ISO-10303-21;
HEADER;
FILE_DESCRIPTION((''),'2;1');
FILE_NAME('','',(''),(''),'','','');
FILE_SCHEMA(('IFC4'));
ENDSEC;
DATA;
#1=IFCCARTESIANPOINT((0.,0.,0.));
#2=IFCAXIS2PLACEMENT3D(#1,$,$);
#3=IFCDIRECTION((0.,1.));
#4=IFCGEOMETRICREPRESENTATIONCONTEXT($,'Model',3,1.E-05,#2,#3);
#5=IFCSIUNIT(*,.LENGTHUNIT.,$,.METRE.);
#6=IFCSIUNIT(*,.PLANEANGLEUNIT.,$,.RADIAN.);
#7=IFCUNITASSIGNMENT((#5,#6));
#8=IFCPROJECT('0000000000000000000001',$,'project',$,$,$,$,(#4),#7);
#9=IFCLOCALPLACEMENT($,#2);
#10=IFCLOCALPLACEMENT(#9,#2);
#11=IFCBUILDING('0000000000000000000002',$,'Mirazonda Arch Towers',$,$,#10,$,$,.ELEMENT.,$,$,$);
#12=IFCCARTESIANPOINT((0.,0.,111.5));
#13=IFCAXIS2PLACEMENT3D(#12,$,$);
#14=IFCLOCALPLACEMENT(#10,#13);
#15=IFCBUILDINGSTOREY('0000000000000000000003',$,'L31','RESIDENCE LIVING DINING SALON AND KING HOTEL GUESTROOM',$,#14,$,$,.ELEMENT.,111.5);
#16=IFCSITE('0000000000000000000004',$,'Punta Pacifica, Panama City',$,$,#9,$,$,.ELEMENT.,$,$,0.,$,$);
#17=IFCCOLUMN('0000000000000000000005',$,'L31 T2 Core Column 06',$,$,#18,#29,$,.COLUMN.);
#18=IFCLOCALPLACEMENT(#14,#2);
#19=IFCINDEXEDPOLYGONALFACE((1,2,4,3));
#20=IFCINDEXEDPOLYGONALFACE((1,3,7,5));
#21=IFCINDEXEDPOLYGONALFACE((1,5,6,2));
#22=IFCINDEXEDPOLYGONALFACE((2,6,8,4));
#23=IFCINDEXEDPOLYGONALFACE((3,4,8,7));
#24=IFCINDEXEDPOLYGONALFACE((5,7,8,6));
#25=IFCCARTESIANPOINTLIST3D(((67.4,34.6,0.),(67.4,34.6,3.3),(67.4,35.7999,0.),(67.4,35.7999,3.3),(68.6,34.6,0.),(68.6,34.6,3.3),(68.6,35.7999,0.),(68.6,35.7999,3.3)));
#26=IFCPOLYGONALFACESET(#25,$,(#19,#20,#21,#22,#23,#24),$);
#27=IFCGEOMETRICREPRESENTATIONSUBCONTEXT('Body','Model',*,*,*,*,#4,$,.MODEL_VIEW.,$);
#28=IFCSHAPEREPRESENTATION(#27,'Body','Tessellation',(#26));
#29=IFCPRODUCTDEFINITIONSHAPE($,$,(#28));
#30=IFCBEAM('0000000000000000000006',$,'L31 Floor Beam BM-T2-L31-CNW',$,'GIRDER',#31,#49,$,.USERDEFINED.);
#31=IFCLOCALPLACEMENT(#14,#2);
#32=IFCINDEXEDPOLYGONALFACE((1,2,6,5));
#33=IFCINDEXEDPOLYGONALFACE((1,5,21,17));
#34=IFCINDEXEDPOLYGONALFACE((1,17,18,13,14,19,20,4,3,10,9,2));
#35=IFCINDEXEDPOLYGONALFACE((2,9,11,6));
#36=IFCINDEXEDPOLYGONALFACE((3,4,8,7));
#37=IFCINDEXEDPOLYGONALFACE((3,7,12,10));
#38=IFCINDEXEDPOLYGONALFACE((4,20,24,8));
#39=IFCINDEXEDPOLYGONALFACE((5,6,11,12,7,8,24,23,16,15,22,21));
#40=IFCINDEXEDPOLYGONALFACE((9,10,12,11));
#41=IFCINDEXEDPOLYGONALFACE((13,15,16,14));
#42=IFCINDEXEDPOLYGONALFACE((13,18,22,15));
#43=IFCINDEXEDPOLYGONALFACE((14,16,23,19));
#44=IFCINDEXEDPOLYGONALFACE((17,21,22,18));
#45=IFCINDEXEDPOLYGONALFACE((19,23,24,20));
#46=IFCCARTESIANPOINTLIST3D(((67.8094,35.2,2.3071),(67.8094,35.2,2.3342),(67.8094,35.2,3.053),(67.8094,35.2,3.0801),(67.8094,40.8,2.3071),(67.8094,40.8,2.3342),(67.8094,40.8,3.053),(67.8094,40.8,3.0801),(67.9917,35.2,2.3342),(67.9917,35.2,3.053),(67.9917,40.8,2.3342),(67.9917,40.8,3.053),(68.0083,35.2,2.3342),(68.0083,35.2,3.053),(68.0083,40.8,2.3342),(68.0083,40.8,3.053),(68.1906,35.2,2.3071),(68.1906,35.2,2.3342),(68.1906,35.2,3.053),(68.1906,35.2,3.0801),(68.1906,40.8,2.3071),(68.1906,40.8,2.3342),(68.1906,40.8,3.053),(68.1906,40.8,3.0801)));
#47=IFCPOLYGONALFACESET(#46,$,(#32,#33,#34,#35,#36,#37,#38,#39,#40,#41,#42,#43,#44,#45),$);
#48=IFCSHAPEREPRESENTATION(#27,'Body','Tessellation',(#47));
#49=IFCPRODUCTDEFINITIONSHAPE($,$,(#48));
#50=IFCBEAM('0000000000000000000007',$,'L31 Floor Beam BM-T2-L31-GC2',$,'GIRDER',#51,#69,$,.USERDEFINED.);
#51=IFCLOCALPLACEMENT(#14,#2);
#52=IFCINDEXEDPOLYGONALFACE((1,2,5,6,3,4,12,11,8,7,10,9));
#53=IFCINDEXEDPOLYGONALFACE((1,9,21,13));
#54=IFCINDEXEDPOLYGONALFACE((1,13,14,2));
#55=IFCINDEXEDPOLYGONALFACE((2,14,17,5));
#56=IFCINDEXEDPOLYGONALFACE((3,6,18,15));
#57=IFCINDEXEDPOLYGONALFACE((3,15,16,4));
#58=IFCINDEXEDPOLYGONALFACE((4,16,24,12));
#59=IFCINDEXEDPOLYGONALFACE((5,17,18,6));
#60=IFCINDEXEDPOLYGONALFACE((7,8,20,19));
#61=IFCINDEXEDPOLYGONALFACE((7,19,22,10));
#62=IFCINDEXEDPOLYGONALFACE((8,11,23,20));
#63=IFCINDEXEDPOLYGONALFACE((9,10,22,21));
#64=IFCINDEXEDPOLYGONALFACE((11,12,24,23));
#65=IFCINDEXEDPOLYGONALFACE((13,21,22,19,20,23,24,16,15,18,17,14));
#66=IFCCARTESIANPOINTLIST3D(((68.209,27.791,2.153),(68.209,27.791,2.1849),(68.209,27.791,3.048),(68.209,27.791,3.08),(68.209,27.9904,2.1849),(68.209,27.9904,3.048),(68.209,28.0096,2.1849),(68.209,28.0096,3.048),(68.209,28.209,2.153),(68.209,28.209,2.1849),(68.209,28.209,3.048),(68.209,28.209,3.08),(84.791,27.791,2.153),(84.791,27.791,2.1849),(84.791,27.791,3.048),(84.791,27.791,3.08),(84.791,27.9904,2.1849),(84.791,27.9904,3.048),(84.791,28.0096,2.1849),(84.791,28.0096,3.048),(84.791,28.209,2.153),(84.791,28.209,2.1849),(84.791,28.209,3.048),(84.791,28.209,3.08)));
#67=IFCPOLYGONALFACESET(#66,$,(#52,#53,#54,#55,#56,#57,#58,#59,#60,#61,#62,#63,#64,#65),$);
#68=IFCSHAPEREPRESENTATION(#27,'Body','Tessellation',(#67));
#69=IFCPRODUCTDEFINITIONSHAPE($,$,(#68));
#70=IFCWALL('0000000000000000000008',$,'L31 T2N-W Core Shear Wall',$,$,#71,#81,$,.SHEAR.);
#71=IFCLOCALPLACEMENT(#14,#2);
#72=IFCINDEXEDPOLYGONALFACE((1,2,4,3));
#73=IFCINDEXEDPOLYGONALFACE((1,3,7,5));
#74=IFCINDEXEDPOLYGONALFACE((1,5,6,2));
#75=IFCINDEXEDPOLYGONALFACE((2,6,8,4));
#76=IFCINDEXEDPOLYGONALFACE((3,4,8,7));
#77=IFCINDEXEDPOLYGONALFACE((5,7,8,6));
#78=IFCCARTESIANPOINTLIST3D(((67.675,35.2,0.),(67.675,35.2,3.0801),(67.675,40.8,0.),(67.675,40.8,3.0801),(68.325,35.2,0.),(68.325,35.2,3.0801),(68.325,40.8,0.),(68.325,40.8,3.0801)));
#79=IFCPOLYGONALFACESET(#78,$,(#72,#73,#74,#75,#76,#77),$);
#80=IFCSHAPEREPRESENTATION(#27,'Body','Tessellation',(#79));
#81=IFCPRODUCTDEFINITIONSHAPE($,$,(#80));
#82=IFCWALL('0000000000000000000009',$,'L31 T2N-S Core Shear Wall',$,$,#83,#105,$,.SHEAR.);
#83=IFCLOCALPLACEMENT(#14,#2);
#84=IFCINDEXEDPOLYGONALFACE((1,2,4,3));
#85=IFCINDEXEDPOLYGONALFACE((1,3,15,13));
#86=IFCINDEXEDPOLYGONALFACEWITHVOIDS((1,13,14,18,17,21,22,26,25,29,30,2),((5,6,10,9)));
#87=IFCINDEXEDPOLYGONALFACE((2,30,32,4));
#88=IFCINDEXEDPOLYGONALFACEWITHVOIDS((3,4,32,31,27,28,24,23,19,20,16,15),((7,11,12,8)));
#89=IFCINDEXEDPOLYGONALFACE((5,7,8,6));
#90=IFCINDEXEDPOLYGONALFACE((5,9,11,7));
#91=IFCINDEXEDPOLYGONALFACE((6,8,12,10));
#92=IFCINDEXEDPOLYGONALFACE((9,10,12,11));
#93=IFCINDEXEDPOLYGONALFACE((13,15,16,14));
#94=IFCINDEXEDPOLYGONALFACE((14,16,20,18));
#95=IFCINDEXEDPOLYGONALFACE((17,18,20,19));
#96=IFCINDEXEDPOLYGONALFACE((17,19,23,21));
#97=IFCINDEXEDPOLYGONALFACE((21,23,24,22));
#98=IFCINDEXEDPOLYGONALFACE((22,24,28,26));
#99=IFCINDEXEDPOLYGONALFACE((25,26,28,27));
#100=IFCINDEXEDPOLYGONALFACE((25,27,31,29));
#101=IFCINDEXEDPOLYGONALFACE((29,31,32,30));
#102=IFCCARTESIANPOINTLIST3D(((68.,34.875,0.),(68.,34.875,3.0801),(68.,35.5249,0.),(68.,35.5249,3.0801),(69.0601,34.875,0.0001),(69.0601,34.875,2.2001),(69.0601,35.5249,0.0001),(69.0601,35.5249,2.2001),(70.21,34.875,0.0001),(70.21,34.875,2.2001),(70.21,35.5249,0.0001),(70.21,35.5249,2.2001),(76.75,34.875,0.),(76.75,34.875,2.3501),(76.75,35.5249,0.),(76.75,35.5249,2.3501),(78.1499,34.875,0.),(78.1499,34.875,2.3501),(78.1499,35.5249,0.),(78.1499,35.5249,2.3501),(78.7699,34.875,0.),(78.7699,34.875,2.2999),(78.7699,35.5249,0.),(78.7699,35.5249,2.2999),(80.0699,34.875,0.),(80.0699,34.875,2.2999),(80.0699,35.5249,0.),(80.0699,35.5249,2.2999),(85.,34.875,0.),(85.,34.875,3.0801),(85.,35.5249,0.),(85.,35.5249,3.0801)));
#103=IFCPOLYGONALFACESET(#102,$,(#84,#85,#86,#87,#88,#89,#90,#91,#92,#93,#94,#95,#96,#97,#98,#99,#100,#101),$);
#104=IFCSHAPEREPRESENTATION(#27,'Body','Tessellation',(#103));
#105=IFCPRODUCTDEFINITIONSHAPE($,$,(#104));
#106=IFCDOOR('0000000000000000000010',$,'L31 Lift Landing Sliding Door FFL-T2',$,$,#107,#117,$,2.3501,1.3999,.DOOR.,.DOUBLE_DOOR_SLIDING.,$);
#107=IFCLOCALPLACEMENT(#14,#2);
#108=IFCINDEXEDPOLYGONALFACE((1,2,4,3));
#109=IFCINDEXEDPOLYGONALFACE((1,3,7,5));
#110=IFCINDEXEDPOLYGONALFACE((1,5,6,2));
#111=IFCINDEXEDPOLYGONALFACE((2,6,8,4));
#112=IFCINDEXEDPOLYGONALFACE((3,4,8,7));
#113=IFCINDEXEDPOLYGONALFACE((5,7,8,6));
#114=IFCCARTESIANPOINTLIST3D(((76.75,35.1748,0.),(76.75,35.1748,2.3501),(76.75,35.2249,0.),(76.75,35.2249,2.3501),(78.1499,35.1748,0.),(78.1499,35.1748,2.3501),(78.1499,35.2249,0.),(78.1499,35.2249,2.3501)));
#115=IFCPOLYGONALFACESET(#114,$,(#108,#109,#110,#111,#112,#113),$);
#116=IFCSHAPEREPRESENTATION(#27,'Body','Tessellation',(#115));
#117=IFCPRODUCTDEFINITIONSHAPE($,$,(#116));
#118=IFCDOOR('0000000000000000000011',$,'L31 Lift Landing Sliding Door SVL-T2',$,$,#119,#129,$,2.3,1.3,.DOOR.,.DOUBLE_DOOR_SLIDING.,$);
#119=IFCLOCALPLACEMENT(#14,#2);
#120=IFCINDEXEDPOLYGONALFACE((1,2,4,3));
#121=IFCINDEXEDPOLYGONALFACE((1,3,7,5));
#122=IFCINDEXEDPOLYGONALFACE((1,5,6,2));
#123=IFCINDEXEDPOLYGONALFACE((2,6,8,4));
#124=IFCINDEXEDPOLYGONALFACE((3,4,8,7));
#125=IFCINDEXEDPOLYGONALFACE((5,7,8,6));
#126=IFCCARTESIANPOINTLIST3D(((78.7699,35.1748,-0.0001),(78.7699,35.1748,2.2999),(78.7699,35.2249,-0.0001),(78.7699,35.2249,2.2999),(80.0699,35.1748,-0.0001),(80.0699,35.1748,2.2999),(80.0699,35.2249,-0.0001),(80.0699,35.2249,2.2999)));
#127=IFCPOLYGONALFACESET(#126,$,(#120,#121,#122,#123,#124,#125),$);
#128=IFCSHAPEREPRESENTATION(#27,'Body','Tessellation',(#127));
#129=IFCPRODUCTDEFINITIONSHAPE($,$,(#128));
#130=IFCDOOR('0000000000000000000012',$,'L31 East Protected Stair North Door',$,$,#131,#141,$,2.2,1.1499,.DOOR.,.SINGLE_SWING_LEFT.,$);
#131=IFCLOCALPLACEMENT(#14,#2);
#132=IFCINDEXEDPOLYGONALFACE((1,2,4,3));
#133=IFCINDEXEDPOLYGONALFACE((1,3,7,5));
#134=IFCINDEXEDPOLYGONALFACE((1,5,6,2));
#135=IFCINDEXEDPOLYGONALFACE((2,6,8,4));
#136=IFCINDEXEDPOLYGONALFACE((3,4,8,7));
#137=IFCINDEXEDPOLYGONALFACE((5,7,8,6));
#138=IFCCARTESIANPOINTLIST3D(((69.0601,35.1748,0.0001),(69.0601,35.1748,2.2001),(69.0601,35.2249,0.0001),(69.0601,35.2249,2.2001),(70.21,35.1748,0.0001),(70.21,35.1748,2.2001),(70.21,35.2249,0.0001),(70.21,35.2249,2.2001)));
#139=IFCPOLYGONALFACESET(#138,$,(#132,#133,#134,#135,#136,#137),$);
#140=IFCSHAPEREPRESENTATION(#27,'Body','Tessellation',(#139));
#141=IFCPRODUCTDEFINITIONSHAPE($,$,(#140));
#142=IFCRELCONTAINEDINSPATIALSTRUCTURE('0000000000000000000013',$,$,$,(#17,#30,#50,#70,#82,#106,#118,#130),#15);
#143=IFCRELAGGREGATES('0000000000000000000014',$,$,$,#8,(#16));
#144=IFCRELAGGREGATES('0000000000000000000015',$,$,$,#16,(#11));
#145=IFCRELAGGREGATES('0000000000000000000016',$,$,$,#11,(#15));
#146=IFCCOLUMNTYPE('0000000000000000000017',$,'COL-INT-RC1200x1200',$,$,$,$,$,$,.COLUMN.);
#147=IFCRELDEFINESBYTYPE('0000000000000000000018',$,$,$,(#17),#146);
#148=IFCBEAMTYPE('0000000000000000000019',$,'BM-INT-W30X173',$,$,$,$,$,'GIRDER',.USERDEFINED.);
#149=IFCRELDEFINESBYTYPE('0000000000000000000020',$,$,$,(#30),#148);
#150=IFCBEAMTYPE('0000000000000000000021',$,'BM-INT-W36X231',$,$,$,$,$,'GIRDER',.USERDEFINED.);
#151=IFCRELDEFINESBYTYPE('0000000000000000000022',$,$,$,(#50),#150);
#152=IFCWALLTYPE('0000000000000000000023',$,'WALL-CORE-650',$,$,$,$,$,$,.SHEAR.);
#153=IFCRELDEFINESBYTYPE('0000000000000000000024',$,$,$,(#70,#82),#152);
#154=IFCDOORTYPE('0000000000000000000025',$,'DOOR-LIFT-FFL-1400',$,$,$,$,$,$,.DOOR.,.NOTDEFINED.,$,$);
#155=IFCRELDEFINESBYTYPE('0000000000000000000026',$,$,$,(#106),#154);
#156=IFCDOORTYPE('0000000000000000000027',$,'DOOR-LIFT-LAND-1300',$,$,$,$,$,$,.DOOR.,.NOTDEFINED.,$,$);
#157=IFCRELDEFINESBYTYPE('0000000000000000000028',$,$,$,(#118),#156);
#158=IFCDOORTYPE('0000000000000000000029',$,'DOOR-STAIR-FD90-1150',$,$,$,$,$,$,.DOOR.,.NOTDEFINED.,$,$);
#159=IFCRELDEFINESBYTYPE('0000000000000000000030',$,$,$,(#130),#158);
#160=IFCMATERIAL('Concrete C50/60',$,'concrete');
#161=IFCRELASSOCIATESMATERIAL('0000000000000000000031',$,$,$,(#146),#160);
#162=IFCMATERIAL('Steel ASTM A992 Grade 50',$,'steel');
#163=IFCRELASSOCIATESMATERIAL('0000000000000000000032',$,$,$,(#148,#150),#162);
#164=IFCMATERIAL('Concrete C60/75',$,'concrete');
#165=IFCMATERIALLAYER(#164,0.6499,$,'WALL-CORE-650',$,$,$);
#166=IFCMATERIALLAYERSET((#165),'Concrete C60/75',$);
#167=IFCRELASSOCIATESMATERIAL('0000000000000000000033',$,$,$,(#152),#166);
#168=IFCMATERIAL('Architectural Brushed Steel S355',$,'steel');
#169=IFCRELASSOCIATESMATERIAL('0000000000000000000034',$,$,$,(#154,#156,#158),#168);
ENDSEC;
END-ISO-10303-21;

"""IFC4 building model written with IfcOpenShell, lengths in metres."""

from ifc_helpers import new_model, si_unit, direction, frame, frame_2d, origin, origin_2d, place, context, subcontext, project, spatial, rectangle, i_section, extrude, material, layer, layer_set, material_profile, profile_set, type_object, element, fill, save


model = new_model("IFC4")

# Units and contexts
model_context = context("Model", 3, precision=1e-05, world=origin(), true_north=direction((0.0, 1.0)))
body_context = subcontext(model_context, "Body", "Model", "MODEL_VIEW")
ifc_project = project(units=[si_unit("LENGTHUNIT", "METRE"), si_unit("PLANEANGLEUNIT", "RADIAN")], contexts=[model_context])

# Site, building, storey
site_placement = place(None, origin())
site = spatial("IfcSite", under=ifc_project, at=site_placement, Name="Punta Pacifica, Panama City", CompositionType="ELEMENT", RefElevation=0.0)
building_placement = place(site_placement, origin())
building = spatial("IfcBuilding", under=site, at=building_placement, Name="Mirazonda Arch Towers", CompositionType="ELEMENT")
storey_placement = place(building_placement, frame((0.0, 0.0, 111.5)))
storey = spatial("IfcBuildingStorey", under=building, at=storey_placement, Name="L31", Description="RESIDENCE LIVING DINING SALON AND KING HOTEL GUESTROOM", CompositionType="ELEMENT", Elevation=111.5)

# Column
ifc_material_1 = material(Name="Concrete C50/60", Category="concrete")
ifc_material_profile_1 = material_profile(ifc_material_1, rectangle(XDim=1.2, YDim=1.2, at=origin_2d()), Name="RC1200x1200")
ifc_profile_set_1 = profile_set([ifc_material_profile_1], Name="Concrete C50/60")
column_type = type_object("IfcColumnType", Name="COL-INT-RC1200x1200", PredefinedType="COLUMN", material=ifc_profile_set_1)
column_placement = place(storey_placement, frame((68.0, 35.2, 0.0), z_axis=(0.0, 0.0, 1.0), x_axis=(1.0, 0.0, 0.0)))
element("IfcColumn", 1, at=column_placement, inside=storey, type_object=column_type, Name="L31 T2 Core Column 06", PredefinedType="COLUMN", context=body_context, shape_type="SweptSolid", body=[
    extrude(rectangle(XDim=1.2, YDim=1.2, at=origin_2d()), origin(), (0.0, 0.0, 1.0), 3.3),
])

# Beams
ifc_material_2 = material(Name="Steel ASTM A992 Grade 50", Category="steel")
ifc_material_profile_2 = material_profile(ifc_material_2, i_section(OverallWidth=0.3811, OverallDepth=0.7729, WebThickness=0.0166, FlangeThickness=0.0271, at=origin_2d()), Name="W30X173")
ifc_profile_set_2 = profile_set([ifc_material_profile_2], Name="Steel ASTM A992 Grade 50")
beam_type_1 = type_object("IfcBeamType", Name="BM-INT-W30X173", ElementType="GIRDER", PredefinedType="USERDEFINED", material=ifc_profile_set_2)
beam_1_placement = place(storey_placement, frame((68.0, 35.2, 2.6936), z_axis=(0.0, 1.0, 0.0), x_axis=(-1.0, 0.0, 0.0)))
element("IfcBeam", 2, at=beam_1_placement, inside=storey, type_object=beam_type_1, Name="L31 Floor Beam BM-T2-L31-CNW", ObjectType="GIRDER", PredefinedType="USERDEFINED", context=body_context, shape_type="SweptSolid", body=[
    extrude(i_section(OverallWidth=0.3811, OverallDepth=0.7729, WebThickness=0.0166, FlangeThickness=0.0271, at=origin_2d()), origin(), (0.0, 0.0, 1.0), 5.6001),
])
ifc_material_profile_3 = material_profile(ifc_material_2, i_section(OverallWidth=0.418, OverallDepth=0.927, WebThickness=0.0193, FlangeThickness=0.032, at=origin_2d()), Name="W36X231")
ifc_profile_set_3 = profile_set([ifc_material_profile_3], Name="Steel ASTM A992 Grade 50")
beam_type_2 = type_object("IfcBeamType", Name="BM-INT-W36X231", ElementType="GIRDER", PredefinedType="USERDEFINED", material=ifc_profile_set_3)
beam_2_placement = place(storey_placement, frame((68.209, 28.0, 2.6165), z_axis=(1.0, 0.0, 0.0), x_axis=(0.0, 1.0, 0.0)))
element("IfcBeam", 3, at=beam_2_placement, inside=storey, type_object=beam_type_2, Name="L31 Floor Beam BM-T2-L31-GC2", ObjectType="GIRDER", PredefinedType="USERDEFINED", context=body_context, shape_type="SweptSolid", body=[
    extrude(i_section(OverallWidth=0.418, OverallDepth=0.927, WebThickness=0.0193, FlangeThickness=0.032, at=origin_2d()), origin(), (0.0, 0.0, 1.0), 16.582),
])

# Wall
ifc_material_3 = material(Name="Concrete C60/75", Category="concrete")
ifc_layer_1 = layer(ifc_material_3, 0.6499, Name="WALL-CORE-650")
ifc_layer_set_1 = layer_set([ifc_layer_1], Name="Concrete C60/75")
wall_type_1 = type_object("IfcWallType", Name="WALL-CORE-650", PredefinedType="SHEAR", material=ifc_layer_set_1)
wall_1_placement = place(storey_placement, frame((68.0, 35.2, 0.0), z_axis=(0.0, 0.0, 1.0), x_axis=(0.0, 1.0, 0.0)))
element("IfcWall", 4, at=wall_1_placement, inside=storey, type_object=wall_type_1, Name="L31 T2N-W Core Shear Wall", PredefinedType="SHEAR", context=body_context, shape_type="SweptSolid", body=[
    extrude(rectangle(XDim=5.6001, YDim=0.6499, at=frame_2d((2.8, 0.0))), origin(), (0.0, 0.0, 1.0), 3.0801),
])

# Wall, openings, doors
wall_2_placement = place(storey_placement, frame((68.0, 35.2, 0.0), z_axis=(0.0, 0.0, 1.0), x_axis=(1.0, 0.0, 0.0)))
wall_2 = element("IfcWall", 5, at=wall_2_placement, inside=storey, type_object=wall_type_1, Name="L31 T2N-S Core Shear Wall", PredefinedType="SHEAR", context=body_context, shape_type="SweptSolid", body=[
    extrude(rectangle(XDim=17.0, YDim=0.6499, at=frame_2d((8.5, 0.0))), origin(), (0.0, 0.0, 1.0), 3.0801),
])
opening_1_placement = place(wall_2_placement, frame((1.0601, 0.0, 0.0)))
opening_1 = element("IfcOpeningElement", 6, at=opening_1_placement, cuts=wall_2, PredefinedType="OPENING", context=body_context, shape_type="SweptSolid", body=[
    extrude(rectangle(XDim=1.1499, YDim=2.2, at=frame_2d((0.575, 1.1001))), frame((0.0, 0.335, 0.0), z_axis=(0.0, -1.0, 0.0), x_axis=(1.0, 0.0, 0.0)), (0.0, 0.0, 1.0), 0.6699),
])
opening_2_placement = place(wall_2_placement, frame((8.75, 0.0, 0.0)))
opening_2 = element("IfcOpeningElement", 7, at=opening_2_placement, cuts=wall_2, PredefinedType="OPENING", context=body_context, shape_type="SweptSolid", body=[
    extrude(rectangle(XDim=1.3999, YDim=2.3501, at=frame_2d((0.7, 1.175))), frame((0.0, 0.335, 0.0), z_axis=(0.0, -1.0, 0.0), x_axis=(1.0, 0.0, 0.0)), (0.0, 0.0, 1.0), 0.6699),
])
opening_3_placement = place(wall_2_placement, frame((10.77, 0.0, 0.0)))
opening_3 = element("IfcOpeningElement", 8, at=opening_3_placement, cuts=wall_2, PredefinedType="OPENING", context=body_context, shape_type="SweptSolid", body=[
    extrude(rectangle(XDim=1.3, YDim=2.3, at=frame_2d((0.6499, 1.1499))), frame((0.0, 0.335, 0.0), z_axis=(0.0, -1.0, 0.0), x_axis=(1.0, 0.0, 0.0)), (0.0, 0.0, 1.0), 0.6699),
])
ifc_material_4 = material(Name="Architectural Brushed Steel S355", Category="steel")
door_type_1 = type_object("IfcDoorType", Name="DOOR-LIFT-FFL-1400", OperationType="NOTDEFINED", PredefinedType="DOOR", material=ifc_material_4)
door_1_placement = place(opening_2_placement, origin())
door_1 = element("IfcDoor", 9, at=door_1_placement, inside=storey, type_object=door_type_1, Name="L31 Lift Landing Sliding Door FFL-T2", OperationType="DOUBLE_DOOR_SLIDING", OverallHeight=2.3501, OverallWidth=1.3999, PredefinedType="DOOR", context=body_context, shape_type="SweptSolid", body=[
    extrude(rectangle(XDim=1.3999, YDim=2.3501, at=frame_2d((0.7, 1.175))), frame((0.0, 0.0249, 0.0), z_axis=(0.0, -1.0, 0.0), x_axis=(1.0, 0.0, 0.0)), (0.0, 0.0, 1.0), 0.05),
])
fill(opening_2, door_1)
door_type_2 = type_object("IfcDoorType", Name="DOOR-LIFT-LAND-1300", OperationType="NOTDEFINED", PredefinedType="DOOR", material=ifc_material_4)
door_2_placement = place(opening_3_placement, origin())
door_2 = element("IfcDoor", 10, at=door_2_placement, inside=storey, type_object=door_type_2, Name="L31 Lift Landing Sliding Door SVL-T2", OperationType="DOUBLE_DOOR_SLIDING", OverallHeight=2.3, OverallWidth=1.3, PredefinedType="DOOR", context=body_context, shape_type="SweptSolid", body=[
    extrude(rectangle(XDim=1.3, YDim=2.3, at=frame_2d((0.6499, 1.1499))), frame((0.0, 0.0249, 0.0), z_axis=(0.0, -1.0, 0.0), x_axis=(1.0, 0.0, 0.0)), (0.0, 0.0, 1.0), 0.05),
])
fill(opening_3, door_2)
door_type_3 = type_object("IfcDoorType", Name="DOOR-STAIR-FD90-1150", OperationType="NOTDEFINED", PredefinedType="DOOR", material=ifc_material_4)
door_3_placement = place(opening_1_placement, origin())
door_3 = element("IfcDoor", 11, at=door_3_placement, inside=storey, type_object=door_type_3, Name="L31 East Protected Stair North Door", OperationType="SINGLE_SWING_LEFT", OverallHeight=2.2, OverallWidth=1.1499, PredefinedType="DOOR", context=body_context, shape_type="SweptSolid", body=[
    extrude(rectangle(XDim=1.1499, YDim=2.2, at=frame_2d((0.575, 1.1001))), frame((0.0, 0.0249, 0.0), z_axis=(0.0, -1.0, 0.0), x_axis=(1.0, 0.0, 0.0)), (0.0, 0.0, 1.0), 0.05),
])
fill(opening_1, door_3)

save(model, "model.ifc")
